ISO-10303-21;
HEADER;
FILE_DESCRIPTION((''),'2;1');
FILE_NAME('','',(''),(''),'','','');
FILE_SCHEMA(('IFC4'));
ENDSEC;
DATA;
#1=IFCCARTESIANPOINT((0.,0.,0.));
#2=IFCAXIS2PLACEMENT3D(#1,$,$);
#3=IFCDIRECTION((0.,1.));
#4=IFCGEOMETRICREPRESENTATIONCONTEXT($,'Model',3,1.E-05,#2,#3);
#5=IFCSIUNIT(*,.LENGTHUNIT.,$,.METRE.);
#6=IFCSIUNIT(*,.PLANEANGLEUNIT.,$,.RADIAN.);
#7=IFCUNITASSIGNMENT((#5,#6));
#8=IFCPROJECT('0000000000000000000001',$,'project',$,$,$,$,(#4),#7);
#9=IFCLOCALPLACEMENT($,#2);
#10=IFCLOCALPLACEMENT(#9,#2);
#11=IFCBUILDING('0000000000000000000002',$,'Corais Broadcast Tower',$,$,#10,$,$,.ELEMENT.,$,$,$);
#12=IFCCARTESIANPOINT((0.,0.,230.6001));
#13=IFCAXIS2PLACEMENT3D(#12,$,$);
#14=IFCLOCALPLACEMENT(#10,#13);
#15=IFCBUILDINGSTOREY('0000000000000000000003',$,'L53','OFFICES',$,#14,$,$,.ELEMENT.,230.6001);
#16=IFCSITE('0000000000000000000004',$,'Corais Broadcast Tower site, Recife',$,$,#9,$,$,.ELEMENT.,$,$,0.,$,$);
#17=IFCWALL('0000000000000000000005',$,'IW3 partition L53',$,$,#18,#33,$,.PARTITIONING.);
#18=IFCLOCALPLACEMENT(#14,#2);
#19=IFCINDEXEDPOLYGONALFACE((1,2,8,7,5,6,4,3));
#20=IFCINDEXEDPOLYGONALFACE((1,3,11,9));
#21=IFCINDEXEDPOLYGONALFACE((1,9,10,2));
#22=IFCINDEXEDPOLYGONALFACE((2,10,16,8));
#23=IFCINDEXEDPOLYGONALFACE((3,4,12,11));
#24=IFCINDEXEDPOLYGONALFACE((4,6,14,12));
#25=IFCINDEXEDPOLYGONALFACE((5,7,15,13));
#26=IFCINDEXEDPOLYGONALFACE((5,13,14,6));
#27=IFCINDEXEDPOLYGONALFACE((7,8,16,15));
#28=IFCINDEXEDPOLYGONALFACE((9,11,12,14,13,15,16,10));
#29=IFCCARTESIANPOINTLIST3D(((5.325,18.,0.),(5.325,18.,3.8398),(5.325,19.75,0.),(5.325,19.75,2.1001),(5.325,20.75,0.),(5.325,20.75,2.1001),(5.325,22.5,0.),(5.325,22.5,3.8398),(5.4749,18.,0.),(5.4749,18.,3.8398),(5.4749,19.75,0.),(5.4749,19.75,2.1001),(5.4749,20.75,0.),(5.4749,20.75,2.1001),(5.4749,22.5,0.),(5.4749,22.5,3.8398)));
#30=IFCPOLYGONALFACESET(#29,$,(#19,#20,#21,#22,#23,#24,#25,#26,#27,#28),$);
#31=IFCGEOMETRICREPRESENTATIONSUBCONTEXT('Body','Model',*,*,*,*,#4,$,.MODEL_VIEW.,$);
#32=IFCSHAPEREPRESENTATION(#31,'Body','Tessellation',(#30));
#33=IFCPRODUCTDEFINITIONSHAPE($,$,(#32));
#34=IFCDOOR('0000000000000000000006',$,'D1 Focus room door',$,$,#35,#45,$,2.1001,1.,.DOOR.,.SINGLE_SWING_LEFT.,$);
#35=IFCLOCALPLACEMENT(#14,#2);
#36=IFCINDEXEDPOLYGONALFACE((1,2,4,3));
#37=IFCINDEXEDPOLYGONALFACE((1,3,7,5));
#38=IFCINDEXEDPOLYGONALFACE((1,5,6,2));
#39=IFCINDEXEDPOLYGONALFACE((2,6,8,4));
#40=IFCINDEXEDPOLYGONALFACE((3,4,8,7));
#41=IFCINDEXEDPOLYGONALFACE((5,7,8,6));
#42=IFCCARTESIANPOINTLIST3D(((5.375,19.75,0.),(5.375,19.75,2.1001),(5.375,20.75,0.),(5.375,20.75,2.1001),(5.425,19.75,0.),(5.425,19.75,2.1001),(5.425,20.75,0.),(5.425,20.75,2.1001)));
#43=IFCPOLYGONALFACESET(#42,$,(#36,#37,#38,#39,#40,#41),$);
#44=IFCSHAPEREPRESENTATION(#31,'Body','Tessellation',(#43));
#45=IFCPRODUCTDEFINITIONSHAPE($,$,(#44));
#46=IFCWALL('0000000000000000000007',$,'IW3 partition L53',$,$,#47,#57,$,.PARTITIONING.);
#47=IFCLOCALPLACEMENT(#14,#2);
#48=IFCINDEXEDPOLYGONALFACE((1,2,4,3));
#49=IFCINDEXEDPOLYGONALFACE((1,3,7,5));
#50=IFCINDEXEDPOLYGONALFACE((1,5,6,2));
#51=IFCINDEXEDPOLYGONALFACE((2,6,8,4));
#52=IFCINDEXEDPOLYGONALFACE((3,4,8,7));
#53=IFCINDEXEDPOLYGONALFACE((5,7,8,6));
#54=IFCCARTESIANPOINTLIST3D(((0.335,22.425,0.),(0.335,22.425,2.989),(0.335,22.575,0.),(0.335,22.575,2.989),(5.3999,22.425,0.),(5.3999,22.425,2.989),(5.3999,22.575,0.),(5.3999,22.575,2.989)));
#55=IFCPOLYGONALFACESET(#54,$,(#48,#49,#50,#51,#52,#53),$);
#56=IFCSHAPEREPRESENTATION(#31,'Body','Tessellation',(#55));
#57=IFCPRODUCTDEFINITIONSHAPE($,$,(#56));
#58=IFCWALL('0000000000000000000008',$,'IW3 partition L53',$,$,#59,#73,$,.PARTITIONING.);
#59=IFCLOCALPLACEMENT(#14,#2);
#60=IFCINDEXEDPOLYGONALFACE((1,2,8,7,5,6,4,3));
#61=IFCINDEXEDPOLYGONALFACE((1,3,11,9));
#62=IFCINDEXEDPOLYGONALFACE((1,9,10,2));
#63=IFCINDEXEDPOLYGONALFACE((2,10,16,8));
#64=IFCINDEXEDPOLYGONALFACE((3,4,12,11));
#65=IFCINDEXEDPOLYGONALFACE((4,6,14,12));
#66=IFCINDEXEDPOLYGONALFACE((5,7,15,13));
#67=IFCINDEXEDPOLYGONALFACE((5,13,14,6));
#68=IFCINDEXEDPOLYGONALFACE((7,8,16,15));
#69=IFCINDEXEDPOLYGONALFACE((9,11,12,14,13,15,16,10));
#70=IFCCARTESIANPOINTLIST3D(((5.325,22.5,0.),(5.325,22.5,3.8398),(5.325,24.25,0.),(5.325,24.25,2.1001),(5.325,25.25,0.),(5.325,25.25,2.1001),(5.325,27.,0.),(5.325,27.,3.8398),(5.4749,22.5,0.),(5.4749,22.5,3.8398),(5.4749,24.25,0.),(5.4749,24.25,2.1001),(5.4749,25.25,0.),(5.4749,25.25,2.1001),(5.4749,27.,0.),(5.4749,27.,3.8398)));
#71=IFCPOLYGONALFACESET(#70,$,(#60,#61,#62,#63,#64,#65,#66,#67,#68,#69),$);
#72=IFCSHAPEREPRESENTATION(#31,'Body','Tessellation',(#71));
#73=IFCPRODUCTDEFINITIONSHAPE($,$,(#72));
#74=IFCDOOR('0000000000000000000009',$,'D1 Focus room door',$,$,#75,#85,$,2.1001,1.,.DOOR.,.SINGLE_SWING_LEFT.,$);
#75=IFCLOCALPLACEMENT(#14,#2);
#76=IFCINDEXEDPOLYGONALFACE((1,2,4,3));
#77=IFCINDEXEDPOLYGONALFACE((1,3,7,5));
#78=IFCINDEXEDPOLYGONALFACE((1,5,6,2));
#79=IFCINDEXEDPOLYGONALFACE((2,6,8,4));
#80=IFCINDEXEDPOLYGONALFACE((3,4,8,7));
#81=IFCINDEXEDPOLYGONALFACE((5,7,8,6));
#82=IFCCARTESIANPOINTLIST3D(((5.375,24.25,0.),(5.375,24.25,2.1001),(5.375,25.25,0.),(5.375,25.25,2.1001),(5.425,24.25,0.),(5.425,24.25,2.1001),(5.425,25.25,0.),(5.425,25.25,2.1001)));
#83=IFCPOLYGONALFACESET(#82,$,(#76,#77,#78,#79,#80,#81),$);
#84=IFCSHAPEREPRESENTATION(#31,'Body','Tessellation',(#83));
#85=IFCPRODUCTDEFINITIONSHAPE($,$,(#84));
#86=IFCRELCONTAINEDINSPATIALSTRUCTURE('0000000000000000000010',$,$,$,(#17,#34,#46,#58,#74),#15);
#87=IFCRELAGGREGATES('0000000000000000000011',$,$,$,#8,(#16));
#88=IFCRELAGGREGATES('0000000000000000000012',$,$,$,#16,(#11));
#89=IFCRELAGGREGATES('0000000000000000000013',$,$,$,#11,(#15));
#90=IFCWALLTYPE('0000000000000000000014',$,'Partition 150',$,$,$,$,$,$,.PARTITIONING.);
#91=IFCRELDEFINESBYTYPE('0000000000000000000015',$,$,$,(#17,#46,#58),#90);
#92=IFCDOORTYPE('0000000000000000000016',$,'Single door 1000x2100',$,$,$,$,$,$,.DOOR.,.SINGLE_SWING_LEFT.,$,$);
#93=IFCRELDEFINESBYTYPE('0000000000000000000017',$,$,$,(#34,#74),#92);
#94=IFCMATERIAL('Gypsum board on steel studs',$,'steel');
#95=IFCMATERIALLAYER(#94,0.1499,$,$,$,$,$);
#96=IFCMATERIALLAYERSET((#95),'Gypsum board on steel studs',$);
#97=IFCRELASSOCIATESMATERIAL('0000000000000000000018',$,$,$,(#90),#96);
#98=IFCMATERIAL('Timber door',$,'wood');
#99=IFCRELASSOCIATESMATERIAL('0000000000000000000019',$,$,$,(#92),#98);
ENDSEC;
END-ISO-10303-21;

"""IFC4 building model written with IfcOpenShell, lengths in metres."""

from ifc_helpers import new_model, si_unit, direction, frame, frame_2d, origin, place, context, subcontext, project, spatial, rectangle, extrude, material, layer, layer_set, type_object, element, fill, save


model = new_model("IFC4")

# Units and contexts
model_context = context("Model", 3, precision=1e-05, world=origin(), true_north=direction((0.0, 1.0)))
body_context = subcontext(model_context, "Body", "Model", "MODEL_VIEW")
ifc_project = project(units=[si_unit("LENGTHUNIT", "METRE"), si_unit("PLANEANGLEUNIT", "RADIAN")], contexts=[model_context])

# Site, building, storey
site_placement = place(None, origin())
site = spatial("IfcSite", under=ifc_project, at=site_placement, Name="Corais Broadcast Tower site, Recife", CompositionType="ELEMENT", RefElevation=0.0)
building_placement = place(site_placement, origin())
building = spatial("IfcBuilding", under=site, at=building_placement, Name="Corais Broadcast Tower", CompositionType="ELEMENT")
storey_placement = place(building_placement, frame((0.0, 0.0, 230.6001)))
storey = spatial("IfcBuildingStorey", under=building, at=storey_placement, Name="L53", Description="OFFICES", CompositionType="ELEMENT", Elevation=230.6001)

# Shared definitions
ifc_material_1 = material(Name="Gypsum board on steel studs", Category="steel")
ifc_layer_1 = layer(ifc_material_1, 0.1499)
ifc_layer_set_1 = layer_set([ifc_layer_1], Name="Gypsum board on steel studs")
wall_type_1 = type_object("IfcWallType", Name="Partition 150", PredefinedType="PARTITIONING", material=ifc_layer_set_1)

# Wall, opening, door
wall_1_placement = place(storey_placement, frame((5.3999, 18.0, 0.0), z_axis=(0.0, 0.0, 1.0), x_axis=(0.0, 1.0, 0.0)))
wall_1 = element("IfcWall", 1, at=wall_1_placement, inside=storey, type_object=wall_type_1, Name="IW3 partition L53", PredefinedType="PARTITIONING", context=body_context, shape_type="SweptSolid", body=[
    extrude(rectangle(XDim=4.5, YDim=0.1499, at=frame_2d((2.25, 0.0))), origin(), (0.0, 0.0, 1.0), 3.8398),
])
opening_1_placement = place(wall_1_placement, frame((1.75, 0.0, 0.0)))
opening_1 = element("IfcOpeningElement", 2, at=opening_1_placement, cuts=wall_1, PredefinedType="OPENING", context=body_context, shape_type="SweptSolid", body=[
    extrude(rectangle(XDim=1.0, YDim=2.1001, at=frame_2d((0.5, 1.05))), frame((0.0, 0.085, 0.0), z_axis=(0.0, -1.0, 0.0), x_axis=(1.0, 0.0, 0.0)), (0.0, 0.0, 1.0), 0.1699),
])
ifc_material_2 = material(Name="Timber door", Category="wood")
door_type = type_object("IfcDoorType", Name="Single door 1000x2100", OperationType="SINGLE_SWING_LEFT", PredefinedType="DOOR", material=ifc_material_2)
door_1_placement = place(opening_1_placement, origin())
door_1 = element("IfcDoor", 3, at=door_1_placement, inside=storey, type_object=door_type, Name="D1 Focus room door", OperationType="SINGLE_SWING_LEFT", OverallHeight=2.1001, OverallWidth=1.0, PredefinedType="DOOR", context=body_context, shape_type="SweptSolid", body=[
    extrude(rectangle(XDim=1.0, YDim=2.1001, at=frame_2d((0.5, 1.05))), frame((0.0, 0.0249, 0.0), z_axis=(0.0, -1.0, 0.0), x_axis=(1.0, 0.0, 0.0)), (0.0, 0.0, 1.0), 0.05),
])
fill(opening_1, door_1)

# Wall
wall_2_placement = place(storey_placement, frame((5.3999, 22.5, 0.0), z_axis=(0.0, 0.0, 1.0), x_axis=(-1.0, 0.0, 0.0)))
element("IfcWall", 4, at=wall_2_placement, inside=storey, type_object=wall_type_1, Name="IW3 partition L53", PredefinedType="PARTITIONING", context=body_context, shape_type="SweptSolid", body=[
    extrude(rectangle(XDim=5.0649, YDim=0.1499, at=frame_2d((2.5325, 0.0))), origin(), (0.0, 0.0, 1.0), 2.989),
])

# Wall, opening, door
wall_3_placement = place(storey_placement, frame((5.3999, 22.5, 0.0), z_axis=(0.0, 0.0, 1.0), x_axis=(0.0, 1.0, 0.0)))
wall_3 = element("IfcWall", 5, at=wall_3_placement, inside=storey, type_object=wall_type_1, Name="IW3 partition L53", PredefinedType="PARTITIONING", context=body_context, shape_type="SweptSolid", body=[
    extrude(rectangle(XDim=4.5, YDim=0.1499, at=frame_2d((2.25, 0.0))), origin(), (0.0, 0.0, 1.0), 3.8398),
])
opening_2_placement = place(wall_3_placement, frame((1.75, 0.0, 0.0)))
opening_2 = element("IfcOpeningElement", 6, at=opening_2_placement, cuts=wall_3, PredefinedType="OPENING", context=body_context, shape_type="SweptSolid", body=[
    extrude(rectangle(XDim=1.0, YDim=2.1001, at=frame_2d((0.5, 1.05))), frame((0.0, 0.085, 0.0), z_axis=(0.0, -1.0, 0.0), x_axis=(1.0, 0.0, 0.0)), (0.0, 0.0, 1.0), 0.1699),
])
door_2_placement = place(opening_2_placement, origin())
door_2 = element("IfcDoor", 7, at=door_2_placement, inside=storey, type_object=door_type, Name="D1 Focus room door", OperationType="SINGLE_SWING_LEFT", OverallHeight=2.1001, OverallWidth=1.0, PredefinedType="DOOR", context=body_context, shape_type="SweptSolid", body=[
    extrude(rectangle(XDim=1.0, YDim=2.1001, at=frame_2d((0.5, 1.05))), frame((0.0, 0.0249, 0.0), z_axis=(0.0, -1.0, 0.0), x_axis=(1.0, 0.0, 0.0)), (0.0, 0.0, 1.0), 0.05),
])
fill(opening_2, door_2)

save(model, "model.ifc")
